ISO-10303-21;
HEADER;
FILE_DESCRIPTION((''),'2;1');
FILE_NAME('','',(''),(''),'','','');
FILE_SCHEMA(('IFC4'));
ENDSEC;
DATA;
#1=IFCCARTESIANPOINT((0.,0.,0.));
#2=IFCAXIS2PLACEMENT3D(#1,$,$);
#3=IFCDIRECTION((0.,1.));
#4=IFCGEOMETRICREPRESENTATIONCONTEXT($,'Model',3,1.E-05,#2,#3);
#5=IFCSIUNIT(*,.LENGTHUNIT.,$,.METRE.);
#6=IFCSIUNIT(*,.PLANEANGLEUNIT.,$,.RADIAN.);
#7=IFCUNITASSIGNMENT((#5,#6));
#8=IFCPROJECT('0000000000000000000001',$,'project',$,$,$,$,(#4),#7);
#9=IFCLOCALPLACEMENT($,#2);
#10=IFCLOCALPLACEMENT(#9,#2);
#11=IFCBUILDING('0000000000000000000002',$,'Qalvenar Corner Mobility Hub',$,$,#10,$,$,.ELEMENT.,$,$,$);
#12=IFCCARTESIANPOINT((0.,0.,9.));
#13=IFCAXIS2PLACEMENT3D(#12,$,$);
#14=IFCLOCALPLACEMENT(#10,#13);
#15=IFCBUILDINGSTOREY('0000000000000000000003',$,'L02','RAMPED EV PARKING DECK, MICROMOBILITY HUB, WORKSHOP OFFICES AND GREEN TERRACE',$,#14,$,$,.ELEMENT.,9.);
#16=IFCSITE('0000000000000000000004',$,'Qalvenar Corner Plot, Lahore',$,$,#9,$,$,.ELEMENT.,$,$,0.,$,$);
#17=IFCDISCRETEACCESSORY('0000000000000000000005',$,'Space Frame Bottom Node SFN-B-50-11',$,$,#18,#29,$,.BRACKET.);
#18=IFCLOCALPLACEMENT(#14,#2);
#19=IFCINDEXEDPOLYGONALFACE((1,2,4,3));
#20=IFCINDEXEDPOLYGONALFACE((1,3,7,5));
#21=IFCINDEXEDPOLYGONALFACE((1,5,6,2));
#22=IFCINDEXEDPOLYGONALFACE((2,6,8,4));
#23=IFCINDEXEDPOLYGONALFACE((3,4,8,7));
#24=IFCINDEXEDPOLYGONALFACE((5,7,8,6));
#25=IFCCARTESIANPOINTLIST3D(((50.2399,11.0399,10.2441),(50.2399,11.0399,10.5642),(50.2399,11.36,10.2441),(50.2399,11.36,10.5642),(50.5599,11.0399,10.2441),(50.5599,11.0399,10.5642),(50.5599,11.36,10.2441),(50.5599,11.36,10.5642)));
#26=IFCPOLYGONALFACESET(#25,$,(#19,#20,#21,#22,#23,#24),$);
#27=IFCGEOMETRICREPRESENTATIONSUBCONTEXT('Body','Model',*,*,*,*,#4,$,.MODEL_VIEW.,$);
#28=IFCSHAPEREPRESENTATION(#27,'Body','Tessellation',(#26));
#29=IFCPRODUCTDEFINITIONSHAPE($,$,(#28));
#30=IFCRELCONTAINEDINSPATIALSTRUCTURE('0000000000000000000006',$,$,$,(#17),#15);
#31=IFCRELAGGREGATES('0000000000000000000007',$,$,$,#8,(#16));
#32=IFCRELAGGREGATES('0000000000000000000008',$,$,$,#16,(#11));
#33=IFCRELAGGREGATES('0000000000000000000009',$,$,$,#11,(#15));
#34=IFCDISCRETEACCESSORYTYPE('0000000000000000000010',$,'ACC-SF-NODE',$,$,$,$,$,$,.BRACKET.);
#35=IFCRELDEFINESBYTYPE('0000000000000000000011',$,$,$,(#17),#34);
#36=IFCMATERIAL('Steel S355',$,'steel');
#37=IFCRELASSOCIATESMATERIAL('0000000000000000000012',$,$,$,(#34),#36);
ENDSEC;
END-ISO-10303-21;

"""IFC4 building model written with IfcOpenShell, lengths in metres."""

from ifc_helpers import new_model, si_unit, direction, frame, origin, origin_2d, place, context, subcontext, project, spatial, rectangle, extrude, material, type_object, element, save


model = new_model("IFC4")

# Units and contexts
model_context = context("Model", 3, precision=1e-05, world=origin(), true_north=direction((0.0, 1.0)))
body_context = subcontext(model_context, "Body", "Model", "MODEL_VIEW")
ifc_project = project(units=[si_unit("LENGTHUNIT", "METRE"), si_unit("PLANEANGLEUNIT", "RADIAN")], contexts=[model_context])

# Site, building, storey
site_placement = place(None, origin())
site = spatial("IfcSite", under=ifc_project, at=site_placement, Name="Qalvenar Corner Plot, Lahore", CompositionType="ELEMENT", RefElevation=0.0)
building_placement = place(site_placement, origin())
building = spatial("IfcBuilding", under=site, at=building_placement, Name="Qalvenar Corner Mobility Hub", CompositionType="ELEMENT")
storey_placement = place(building_placement, frame((0.0, 0.0, 9.0)))
storey = spatial("IfcBuildingStorey", under=building, at=storey_placement, Name="L02", Description="RAMPED EV PARKING DECK, MICROMOBILITY HUB, WORKSHOP OFFICES AND GREEN TERRACE", CompositionType="ELEMENT", Elevation=9.0)

# Shared definitions
ifc_material_1 = material(Name="Steel S355", Category="steel")

# Discrete accessory
discrete_accessory_type = type_object("IfcDiscreteAccessoryType", Name="ACC-SF-NODE", PredefinedType="BRACKET", material=ifc_material_1)
discrete_accessory_1_placement = place(storey_placement, frame((50.3999, 11.2, 10.2441), z_axis=(0.0, 0.0, 1.0), x_axis=(1.0, 0.0, 0.0)))
element("IfcDiscreteAccessory", 1, at=discrete_accessory_1_placement, inside=storey, type_object=discrete_accessory_type, Name="Space Frame Bottom Node SFN-B-50-11", PredefinedType="BRACKET", context=body_context, shape_type="SweptSolid", body=[
    extrude(rectangle(XDim=0.3201, YDim=0.3201, at=origin_2d()), origin(), (0.0, 0.0, 1.0), 0.3201),
])

save(model, "model.ifc")
